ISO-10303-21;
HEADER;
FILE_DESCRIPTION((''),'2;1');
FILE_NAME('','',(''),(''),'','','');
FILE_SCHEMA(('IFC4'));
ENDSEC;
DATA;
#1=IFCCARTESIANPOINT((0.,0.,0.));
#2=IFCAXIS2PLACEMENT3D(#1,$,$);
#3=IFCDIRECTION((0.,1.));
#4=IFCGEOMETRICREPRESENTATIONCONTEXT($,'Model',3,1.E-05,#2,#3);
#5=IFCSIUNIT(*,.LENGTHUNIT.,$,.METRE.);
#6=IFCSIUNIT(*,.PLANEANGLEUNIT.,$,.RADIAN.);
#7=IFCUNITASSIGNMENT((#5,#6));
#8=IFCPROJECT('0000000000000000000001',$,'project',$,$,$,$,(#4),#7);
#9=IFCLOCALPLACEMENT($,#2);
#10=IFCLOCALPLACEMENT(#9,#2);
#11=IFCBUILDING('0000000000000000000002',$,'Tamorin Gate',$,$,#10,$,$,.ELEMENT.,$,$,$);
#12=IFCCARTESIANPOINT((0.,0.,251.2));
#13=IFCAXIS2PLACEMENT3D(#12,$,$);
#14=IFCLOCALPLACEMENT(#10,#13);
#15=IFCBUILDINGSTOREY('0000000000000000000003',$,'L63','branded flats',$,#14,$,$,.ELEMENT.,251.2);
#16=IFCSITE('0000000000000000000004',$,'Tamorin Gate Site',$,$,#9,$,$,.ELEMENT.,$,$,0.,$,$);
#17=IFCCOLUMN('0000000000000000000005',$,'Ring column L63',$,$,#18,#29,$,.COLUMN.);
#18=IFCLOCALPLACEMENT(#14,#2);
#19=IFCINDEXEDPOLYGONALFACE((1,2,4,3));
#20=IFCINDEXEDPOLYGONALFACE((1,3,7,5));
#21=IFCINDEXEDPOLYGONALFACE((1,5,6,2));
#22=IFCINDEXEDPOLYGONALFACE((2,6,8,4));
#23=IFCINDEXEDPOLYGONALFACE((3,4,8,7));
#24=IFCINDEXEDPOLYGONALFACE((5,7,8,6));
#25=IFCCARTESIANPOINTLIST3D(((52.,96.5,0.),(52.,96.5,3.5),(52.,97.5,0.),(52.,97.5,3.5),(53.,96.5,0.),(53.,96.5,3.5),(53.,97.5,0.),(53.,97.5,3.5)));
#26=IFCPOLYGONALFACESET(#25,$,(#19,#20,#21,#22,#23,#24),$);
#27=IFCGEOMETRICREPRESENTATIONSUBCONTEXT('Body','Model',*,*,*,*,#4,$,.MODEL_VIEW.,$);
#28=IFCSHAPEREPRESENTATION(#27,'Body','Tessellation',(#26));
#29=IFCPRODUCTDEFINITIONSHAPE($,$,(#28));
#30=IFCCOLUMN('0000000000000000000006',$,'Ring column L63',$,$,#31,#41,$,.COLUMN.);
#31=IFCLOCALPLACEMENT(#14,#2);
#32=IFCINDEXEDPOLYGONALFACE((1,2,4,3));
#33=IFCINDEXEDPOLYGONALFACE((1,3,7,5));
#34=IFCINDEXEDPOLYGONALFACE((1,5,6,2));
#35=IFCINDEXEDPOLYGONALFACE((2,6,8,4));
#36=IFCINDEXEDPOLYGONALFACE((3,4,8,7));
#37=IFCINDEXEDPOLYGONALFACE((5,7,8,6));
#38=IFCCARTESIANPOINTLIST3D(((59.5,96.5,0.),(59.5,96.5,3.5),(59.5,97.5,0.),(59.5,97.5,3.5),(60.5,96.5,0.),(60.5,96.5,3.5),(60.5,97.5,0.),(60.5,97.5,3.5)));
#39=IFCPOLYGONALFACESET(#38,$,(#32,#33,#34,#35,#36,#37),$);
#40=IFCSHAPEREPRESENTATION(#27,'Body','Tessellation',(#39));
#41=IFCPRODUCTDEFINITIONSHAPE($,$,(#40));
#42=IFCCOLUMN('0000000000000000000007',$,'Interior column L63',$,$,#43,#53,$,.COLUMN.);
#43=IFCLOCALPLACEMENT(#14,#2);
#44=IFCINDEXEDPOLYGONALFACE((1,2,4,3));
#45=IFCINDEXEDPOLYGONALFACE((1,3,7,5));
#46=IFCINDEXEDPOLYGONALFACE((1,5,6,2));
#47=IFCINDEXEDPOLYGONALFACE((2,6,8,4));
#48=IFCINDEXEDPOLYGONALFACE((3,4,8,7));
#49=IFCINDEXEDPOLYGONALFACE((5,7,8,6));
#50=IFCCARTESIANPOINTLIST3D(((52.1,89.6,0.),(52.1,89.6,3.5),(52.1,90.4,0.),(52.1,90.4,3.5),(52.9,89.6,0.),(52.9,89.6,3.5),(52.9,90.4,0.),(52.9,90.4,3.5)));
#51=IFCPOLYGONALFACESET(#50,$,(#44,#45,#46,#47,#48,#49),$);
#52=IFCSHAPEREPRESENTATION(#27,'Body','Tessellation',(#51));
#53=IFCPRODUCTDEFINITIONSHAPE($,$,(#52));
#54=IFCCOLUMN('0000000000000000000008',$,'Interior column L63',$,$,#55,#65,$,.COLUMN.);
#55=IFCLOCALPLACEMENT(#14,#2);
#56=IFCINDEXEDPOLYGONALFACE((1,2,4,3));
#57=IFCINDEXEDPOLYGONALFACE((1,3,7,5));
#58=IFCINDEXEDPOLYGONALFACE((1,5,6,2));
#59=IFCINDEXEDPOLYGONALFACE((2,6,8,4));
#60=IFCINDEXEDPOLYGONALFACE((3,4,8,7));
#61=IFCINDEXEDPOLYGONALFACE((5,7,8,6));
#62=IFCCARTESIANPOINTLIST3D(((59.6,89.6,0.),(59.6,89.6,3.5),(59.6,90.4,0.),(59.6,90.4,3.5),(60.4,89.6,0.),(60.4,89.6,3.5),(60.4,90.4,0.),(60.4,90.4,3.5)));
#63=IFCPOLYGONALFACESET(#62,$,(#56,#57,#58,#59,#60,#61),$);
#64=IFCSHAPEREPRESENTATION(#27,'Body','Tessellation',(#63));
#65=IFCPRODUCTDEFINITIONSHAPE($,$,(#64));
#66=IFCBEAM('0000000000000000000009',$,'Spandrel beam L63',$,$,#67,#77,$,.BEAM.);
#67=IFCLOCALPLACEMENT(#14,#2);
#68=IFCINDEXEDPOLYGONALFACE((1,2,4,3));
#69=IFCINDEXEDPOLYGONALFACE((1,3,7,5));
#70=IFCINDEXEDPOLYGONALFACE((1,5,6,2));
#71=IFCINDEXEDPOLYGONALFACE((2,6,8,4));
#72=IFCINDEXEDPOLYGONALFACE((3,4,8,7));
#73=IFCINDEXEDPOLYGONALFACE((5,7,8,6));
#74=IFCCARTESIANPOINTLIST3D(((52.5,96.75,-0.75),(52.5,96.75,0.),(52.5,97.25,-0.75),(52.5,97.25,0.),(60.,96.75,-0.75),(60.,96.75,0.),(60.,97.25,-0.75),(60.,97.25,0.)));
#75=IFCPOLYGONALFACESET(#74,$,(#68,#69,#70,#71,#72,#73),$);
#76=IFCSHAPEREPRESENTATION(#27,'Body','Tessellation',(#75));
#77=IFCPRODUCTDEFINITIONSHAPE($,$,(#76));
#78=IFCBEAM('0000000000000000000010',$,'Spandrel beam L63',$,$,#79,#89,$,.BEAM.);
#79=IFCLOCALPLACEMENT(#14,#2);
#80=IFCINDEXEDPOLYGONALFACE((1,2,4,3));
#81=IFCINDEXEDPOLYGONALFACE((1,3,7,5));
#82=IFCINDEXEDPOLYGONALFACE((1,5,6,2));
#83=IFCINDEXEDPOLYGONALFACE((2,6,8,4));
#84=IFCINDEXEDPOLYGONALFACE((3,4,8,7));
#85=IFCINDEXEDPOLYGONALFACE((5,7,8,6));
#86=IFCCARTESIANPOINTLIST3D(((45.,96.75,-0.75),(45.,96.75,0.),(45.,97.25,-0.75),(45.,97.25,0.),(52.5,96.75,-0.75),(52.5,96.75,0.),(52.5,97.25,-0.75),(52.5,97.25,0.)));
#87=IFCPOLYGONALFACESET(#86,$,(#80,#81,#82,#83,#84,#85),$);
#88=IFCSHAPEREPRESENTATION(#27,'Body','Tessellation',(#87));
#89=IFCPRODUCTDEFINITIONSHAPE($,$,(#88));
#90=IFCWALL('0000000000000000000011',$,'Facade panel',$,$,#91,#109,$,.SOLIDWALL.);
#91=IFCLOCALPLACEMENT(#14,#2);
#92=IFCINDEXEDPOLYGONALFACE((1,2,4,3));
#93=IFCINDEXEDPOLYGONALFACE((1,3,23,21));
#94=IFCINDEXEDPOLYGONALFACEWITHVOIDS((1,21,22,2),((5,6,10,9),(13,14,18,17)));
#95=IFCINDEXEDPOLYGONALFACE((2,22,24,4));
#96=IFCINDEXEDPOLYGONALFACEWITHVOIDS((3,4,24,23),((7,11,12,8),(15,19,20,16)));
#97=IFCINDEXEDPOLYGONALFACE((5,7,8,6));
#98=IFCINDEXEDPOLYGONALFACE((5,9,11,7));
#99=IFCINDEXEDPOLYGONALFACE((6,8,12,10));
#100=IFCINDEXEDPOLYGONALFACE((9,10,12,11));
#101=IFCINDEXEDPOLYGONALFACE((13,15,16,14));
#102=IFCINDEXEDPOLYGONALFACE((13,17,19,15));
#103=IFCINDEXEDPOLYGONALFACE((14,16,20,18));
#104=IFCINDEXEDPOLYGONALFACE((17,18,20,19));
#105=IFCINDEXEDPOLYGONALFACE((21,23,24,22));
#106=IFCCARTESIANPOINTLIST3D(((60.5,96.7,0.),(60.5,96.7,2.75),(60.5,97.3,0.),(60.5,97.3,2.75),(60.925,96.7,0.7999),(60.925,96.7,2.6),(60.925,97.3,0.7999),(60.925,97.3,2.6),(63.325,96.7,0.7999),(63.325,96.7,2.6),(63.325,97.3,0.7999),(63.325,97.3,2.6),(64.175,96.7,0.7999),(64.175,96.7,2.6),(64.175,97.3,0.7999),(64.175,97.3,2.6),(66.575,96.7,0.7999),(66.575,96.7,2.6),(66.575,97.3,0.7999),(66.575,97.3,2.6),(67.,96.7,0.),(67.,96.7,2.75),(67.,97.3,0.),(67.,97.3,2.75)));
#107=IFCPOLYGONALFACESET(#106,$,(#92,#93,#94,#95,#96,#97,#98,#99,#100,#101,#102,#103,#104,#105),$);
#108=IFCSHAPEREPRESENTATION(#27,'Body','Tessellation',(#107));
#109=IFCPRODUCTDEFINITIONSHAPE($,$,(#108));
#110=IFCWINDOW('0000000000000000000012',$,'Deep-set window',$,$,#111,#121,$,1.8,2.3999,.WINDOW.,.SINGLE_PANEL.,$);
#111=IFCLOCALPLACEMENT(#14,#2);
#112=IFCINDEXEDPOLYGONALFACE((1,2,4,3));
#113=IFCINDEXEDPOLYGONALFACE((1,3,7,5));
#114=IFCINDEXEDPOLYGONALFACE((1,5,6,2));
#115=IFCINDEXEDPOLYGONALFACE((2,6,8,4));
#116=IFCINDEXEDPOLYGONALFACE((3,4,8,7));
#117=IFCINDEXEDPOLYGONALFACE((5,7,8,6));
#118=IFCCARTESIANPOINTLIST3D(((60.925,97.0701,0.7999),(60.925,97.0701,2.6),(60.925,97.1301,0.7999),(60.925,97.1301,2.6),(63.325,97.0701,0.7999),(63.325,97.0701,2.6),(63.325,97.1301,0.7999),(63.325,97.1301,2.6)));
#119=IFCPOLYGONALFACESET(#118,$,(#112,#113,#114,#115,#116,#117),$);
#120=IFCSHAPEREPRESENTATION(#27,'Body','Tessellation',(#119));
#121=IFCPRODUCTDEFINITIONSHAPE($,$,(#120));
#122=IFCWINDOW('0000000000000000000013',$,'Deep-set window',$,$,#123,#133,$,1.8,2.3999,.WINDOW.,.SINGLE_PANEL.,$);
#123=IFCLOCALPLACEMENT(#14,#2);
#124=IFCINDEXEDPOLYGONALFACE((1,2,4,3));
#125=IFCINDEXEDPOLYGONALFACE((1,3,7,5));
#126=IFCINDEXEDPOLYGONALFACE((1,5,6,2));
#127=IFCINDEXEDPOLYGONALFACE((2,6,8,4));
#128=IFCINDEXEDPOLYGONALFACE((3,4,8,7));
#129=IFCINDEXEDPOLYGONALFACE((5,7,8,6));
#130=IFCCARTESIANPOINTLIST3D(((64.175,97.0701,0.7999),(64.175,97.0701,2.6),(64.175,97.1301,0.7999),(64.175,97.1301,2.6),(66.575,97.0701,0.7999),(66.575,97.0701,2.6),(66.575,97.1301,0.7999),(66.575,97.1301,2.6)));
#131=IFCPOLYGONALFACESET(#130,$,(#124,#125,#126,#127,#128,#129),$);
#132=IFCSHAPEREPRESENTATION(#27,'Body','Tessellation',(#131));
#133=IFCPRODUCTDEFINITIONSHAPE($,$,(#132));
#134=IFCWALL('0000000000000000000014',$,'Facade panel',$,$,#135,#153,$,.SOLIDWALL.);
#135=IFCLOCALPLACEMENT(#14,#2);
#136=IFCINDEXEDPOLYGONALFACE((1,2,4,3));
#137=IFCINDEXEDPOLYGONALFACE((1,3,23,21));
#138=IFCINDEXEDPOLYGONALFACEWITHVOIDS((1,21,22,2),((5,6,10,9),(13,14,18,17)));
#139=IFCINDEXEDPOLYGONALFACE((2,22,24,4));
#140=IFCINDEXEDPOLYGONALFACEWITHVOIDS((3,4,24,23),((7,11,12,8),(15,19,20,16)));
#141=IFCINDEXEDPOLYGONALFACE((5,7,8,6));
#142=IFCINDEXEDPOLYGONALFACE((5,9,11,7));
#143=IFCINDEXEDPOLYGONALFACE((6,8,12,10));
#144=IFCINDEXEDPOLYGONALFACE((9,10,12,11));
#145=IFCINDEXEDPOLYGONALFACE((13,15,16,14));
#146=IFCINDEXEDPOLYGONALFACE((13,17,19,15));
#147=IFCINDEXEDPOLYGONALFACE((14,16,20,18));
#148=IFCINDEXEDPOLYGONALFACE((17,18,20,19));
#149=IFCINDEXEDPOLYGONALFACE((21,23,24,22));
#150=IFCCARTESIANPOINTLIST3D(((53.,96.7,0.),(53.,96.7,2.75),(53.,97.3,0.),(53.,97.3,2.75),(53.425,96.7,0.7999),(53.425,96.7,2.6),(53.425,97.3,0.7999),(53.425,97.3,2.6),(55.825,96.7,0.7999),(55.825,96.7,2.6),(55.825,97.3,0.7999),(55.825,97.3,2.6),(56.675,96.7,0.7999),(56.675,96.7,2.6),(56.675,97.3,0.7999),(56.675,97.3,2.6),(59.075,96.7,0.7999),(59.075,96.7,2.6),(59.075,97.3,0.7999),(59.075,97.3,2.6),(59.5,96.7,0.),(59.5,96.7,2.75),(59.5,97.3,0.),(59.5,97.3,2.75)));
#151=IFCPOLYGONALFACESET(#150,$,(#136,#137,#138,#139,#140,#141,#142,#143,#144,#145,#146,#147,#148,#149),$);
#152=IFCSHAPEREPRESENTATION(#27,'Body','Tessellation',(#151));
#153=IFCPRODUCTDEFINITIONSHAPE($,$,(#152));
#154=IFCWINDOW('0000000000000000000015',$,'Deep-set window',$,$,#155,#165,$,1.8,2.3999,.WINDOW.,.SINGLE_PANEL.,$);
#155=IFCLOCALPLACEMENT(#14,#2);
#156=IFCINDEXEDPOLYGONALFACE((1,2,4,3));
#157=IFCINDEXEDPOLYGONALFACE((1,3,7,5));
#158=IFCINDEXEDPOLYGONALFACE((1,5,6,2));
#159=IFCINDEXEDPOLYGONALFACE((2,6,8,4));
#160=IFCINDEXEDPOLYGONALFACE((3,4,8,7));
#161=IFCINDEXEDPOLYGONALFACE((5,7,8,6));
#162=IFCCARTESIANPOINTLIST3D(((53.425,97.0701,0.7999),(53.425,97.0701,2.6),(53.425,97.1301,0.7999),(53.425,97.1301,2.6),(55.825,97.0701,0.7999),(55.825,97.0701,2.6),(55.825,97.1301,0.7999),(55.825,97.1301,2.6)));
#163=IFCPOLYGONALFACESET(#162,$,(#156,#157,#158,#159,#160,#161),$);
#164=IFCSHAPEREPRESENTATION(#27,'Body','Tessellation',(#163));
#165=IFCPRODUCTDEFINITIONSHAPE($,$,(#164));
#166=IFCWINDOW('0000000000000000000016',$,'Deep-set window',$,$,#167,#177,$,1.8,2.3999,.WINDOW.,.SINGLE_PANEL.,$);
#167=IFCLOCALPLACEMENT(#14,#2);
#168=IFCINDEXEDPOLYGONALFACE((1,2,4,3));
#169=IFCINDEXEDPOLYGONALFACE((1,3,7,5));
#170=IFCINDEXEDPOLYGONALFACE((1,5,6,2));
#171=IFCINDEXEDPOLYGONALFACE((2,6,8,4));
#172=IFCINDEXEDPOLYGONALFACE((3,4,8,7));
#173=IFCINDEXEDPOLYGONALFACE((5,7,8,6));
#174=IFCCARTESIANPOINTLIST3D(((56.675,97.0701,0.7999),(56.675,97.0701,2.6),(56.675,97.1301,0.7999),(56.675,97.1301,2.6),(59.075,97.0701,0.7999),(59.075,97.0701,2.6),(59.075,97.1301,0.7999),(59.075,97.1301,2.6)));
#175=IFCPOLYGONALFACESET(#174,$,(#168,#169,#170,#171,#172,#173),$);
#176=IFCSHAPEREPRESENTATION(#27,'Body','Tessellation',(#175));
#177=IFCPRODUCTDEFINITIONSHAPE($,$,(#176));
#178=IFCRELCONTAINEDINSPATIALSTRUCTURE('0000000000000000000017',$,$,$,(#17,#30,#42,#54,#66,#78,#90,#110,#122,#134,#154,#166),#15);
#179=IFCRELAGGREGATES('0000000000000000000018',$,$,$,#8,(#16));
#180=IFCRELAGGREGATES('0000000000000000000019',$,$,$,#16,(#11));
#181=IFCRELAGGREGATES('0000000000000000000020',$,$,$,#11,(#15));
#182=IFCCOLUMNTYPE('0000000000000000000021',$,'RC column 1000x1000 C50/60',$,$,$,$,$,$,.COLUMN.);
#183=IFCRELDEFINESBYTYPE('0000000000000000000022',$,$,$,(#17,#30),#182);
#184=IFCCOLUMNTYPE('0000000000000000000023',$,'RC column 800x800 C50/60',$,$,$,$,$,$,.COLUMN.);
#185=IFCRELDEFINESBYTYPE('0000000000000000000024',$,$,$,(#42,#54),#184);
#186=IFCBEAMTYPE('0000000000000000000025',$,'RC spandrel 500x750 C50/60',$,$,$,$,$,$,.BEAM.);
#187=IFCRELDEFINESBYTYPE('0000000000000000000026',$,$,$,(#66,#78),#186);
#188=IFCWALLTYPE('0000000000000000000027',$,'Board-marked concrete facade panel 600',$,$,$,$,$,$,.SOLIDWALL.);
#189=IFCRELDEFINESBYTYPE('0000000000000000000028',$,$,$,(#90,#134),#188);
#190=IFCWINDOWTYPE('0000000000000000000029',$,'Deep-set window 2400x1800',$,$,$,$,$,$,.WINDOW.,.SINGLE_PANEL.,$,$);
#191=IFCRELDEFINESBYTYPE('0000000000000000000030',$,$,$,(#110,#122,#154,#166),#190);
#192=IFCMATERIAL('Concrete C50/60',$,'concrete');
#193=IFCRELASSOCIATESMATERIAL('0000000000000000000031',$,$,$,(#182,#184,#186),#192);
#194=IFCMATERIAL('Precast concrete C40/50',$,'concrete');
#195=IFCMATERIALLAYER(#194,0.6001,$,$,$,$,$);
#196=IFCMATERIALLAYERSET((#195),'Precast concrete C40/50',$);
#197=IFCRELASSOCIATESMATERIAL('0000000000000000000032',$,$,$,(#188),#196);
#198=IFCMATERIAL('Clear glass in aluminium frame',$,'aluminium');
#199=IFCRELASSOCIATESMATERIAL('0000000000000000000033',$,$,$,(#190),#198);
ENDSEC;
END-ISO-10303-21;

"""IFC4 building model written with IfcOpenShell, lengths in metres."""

from ifc_helpers import new_model, si_unit, direction, frame, frame_2d, origin, origin_2d, place, context, subcontext, project, spatial, rectangle, extrude, material, layer, layer_set, material_profile, profile_set, type_object, element, fill, save


model = new_model("IFC4")

# Units and contexts
model_context = context("Model", 3, precision=1e-05, world=origin(), true_north=direction((0.0, 1.0)))
body_context = subcontext(model_context, "Body", "Model", "MODEL_VIEW")
ifc_project = project(units=[si_unit("LENGTHUNIT", "METRE"), si_unit("PLANEANGLEUNIT", "RADIAN")], contexts=[model_context])

# Site, building, storey
site_placement = place(None, origin())
site = spatial("IfcSite", under=ifc_project, at=site_placement, Name="Tamorin Gate Site", CompositionType="ELEMENT", RefElevation=0.0)
building_placement = place(site_placement, origin())
building = spatial("IfcBuilding", under=site, at=building_placement, Name="Tamorin Gate", CompositionType="ELEMENT")
storey_placement = place(building_placement, frame((0.0, 0.0, 251.2)))
storey = spatial("IfcBuildingStorey", under=building, at=storey_placement, Name="L63", Description="branded flats", CompositionType="ELEMENT", Elevation=251.2)

# Columns
ifc_material_1 = material(Name="Concrete C50/60", Category="concrete")
ifc_material_profile_1 = material_profile(ifc_material_1, rectangle(XDim=1.0, YDim=1.0, at=origin_2d()), Name="RC 1000x1000")
ifc_profile_set_1 = profile_set([ifc_material_profile_1], Name="Concrete C50/60")
column_type_1 = type_object("IfcColumnType", Name="RC column 1000x1000 C50/60", PredefinedType="COLUMN", material=ifc_profile_set_1)
for number, where, z_axis, x_axis, name in (
    (1, (52.5, 97.0, 0.0), (0.0, 0.0, 1.0), (1.0, 0.0, 0.0), "Ring column L63"),
    (2, (60.0, 97.0, 0.0), (0.0, 0.0, 1.0), (1.0, 0.0, 0.0), "Ring column L63"),
):
    element("IfcColumn", number, at=place(storey_placement, frame(where, z_axis=z_axis, x_axis=x_axis)), inside=storey, type_object=column_type_1, Name=name, PredefinedType="COLUMN", context=body_context, shape_type="SweptSolid", body=[
        extrude(rectangle(XDim=1.0, YDim=1.0, at=origin_2d()), origin(), (0.0, 0.0, 1.0), 3.5),
    ])
ifc_material_profile_2 = material_profile(ifc_material_1, rectangle(XDim=0.8, YDim=0.8, at=origin_2d()), Name="RC 800x800")
ifc_profile_set_2 = profile_set([ifc_material_profile_2], Name="Concrete C50/60")
column_type_2 = type_object("IfcColumnType", Name="RC column 800x800 C50/60", PredefinedType="COLUMN", material=ifc_profile_set_2)
for number, where, z_axis, x_axis, name in (
    (3, (52.5, 90.0, 0.0), (0.0, 0.0, 1.0), (1.0, 0.0, 0.0), "Interior column L63"),
    (4, (60.0, 90.0, 0.0), (0.0, 0.0, 1.0), (1.0, 0.0, 0.0), "Interior column L63"),
):
    element("IfcColumn", number, at=place(storey_placement, frame(where, z_axis=z_axis, x_axis=x_axis)), inside=storey, type_object=column_type_2, Name=name, PredefinedType="COLUMN", context=body_context, shape_type="SweptSolid", body=[
        extrude(rectangle(XDim=0.8, YDim=0.8, at=origin_2d()), origin(), (0.0, 0.0, 1.0), 3.5),
    ])

# Beams
ifc_material_profile_3 = material_profile(ifc_material_1, rectangle(XDim=0.5, YDim=0.75, at=origin_2d()), Name="RC 500x750")
ifc_profile_set_3 = profile_set([ifc_material_profile_3], Name="Concrete C50/60")
beam_type = type_object("IfcBeamType", Name="RC spandrel 500x750 C50/60", PredefinedType="BEAM", material=ifc_profile_set_3)
for number, where, z_axis, x_axis, name in (
    (5, (60.0, 97.0, -0.375), (-1.0, 0.0, 0.0), (0.0, -1.0, 0.0), "Spandrel beam L63"),
    (6, (52.5, 97.0, -0.375), (-1.0, 0.0, 0.0), (0.0, -1.0, 0.0), "Spandrel beam L63"),
):
    element("IfcBeam", number, at=place(storey_placement, frame(where, z_axis=z_axis, x_axis=x_axis)), inside=storey, type_object=beam_type, Name=name, PredefinedType="BEAM", context=body_context, shape_type="SweptSolid", body=[
        extrude(rectangle(XDim=0.5, YDim=0.75, at=origin_2d()), origin(), (0.0, 0.0, 1.0), 7.5),
    ])

# Walls, openings, windows
ifc_material_2 = material(Name="Precast concrete C40/50", Category="concrete")
ifc_layer_1 = layer(ifc_material_2, 0.6001)
ifc_layer_set_1 = layer_set([ifc_layer_1], Name="Precast concrete C40/50")
wall_type_1 = type_object("IfcWallType", Name="Board-marked concrete facade panel 600", PredefinedType="SOLIDWALL", material=ifc_layer_set_1)
wall_1_placement = place(storey_placement, frame((67.0, 97.0, 0.0), z_axis=(0.0, 0.0, 1.0), x_axis=(-1.0, 0.0, 0.0)))
wall_1 = element("IfcWall", 7, at=wall_1_placement, inside=storey, type_object=wall_type_1, Name="Facade panel", PredefinedType="SOLIDWALL", context=body_context, shape_type="SweptSolid", body=[
    extrude(rectangle(XDim=6.5, YDim=0.6001, at=frame_2d((3.25, 0.0))), origin(), (0.0, 0.0, 1.0), 2.75),
])
opening_1_placement = place(wall_1_placement, frame((3.675, 0.0, 0.8)))
opening_1 = element("IfcOpeningElement", 8, at=opening_1_placement, cuts=wall_1, PredefinedType="OPENING", context=body_context, shape_type="SweptSolid", body=[
    extrude(rectangle(XDim=2.3999, YDim=1.8, at=frame_2d((1.2, 0.8999))), frame((0.0, 0.3101, 0.0), z_axis=(0.0, -1.0, 0.0), x_axis=(1.0, 0.0, 0.0)), (0.0, 0.0, 1.0), 0.6201),
])
opening_2_placement = place(wall_1_placement, frame((0.425, 0.0, 0.8)))
opening_2 = element("IfcOpeningElement", 9, at=opening_2_placement, cuts=wall_1, PredefinedType="OPENING", context=body_context, shape_type="SweptSolid", body=[
    extrude(rectangle(XDim=2.3999, YDim=1.8, at=frame_2d((1.2, 0.8999))), frame((0.0, 0.3101, 0.0), z_axis=(0.0, -1.0, 0.0), x_axis=(1.0, 0.0, 0.0)), (0.0, 0.0, 1.0), 0.6201),
])
ifc_material_3 = material(Name="Clear glass in aluminium frame", Category="aluminium")
window_type = type_object("IfcWindowType", Name="Deep-set window 2400x1800", PartitioningType="SINGLE_PANEL", PredefinedType="WINDOW", material=ifc_material_3)
window_1_placement = place(opening_1_placement, origin())
window_1 = element("IfcWindow", 10, at=window_1_placement, inside=storey, type_object=window_type, Name="Deep-set window", OverallHeight=1.8, OverallWidth=2.3999, PartitioningType="SINGLE_PANEL", PredefinedType="WINDOW", context=body_context, shape_type="SweptSolid", body=[
    extrude(rectangle(XDim=2.3999, YDim=1.8, at=frame_2d((1.2, 0.8999))), frame((0.0, -0.0701, 0.0), z_axis=(0.0, -1.0, 0.0), x_axis=(1.0, 0.0, 0.0)), (0.0, 0.0, 1.0), 0.0601),
])
fill(opening_1, window_1)
window_2_placement = place(opening_2_placement, origin())
window_2 = element("IfcWindow", 11, at=window_2_placement, inside=storey, type_object=window_type, Name="Deep-set window", OverallHeight=1.8, OverallWidth=2.3999, PartitioningType="SINGLE_PANEL", PredefinedType="WINDOW", context=body_context, shape_type="SweptSolid", body=[
    extrude(rectangle(XDim=2.3999, YDim=1.8, at=frame_2d((1.2, 0.8999))), frame((0.0, -0.0701, 0.0), z_axis=(0.0, -1.0, 0.0), x_axis=(1.0, 0.0, 0.0)), (0.0, 0.0, 1.0), 0.0601),
])
fill(opening_2, window_2)
wall_2_placement = place(storey_placement, frame((59.5, 97.0, 0.0), z_axis=(0.0, 0.0, 1.0), x_axis=(-1.0, 0.0, 0.0)))
wall_2 = element("IfcWall", 12, at=wall_2_placement, inside=storey, type_object=wall_type_1, Name="Facade panel", PredefinedType="SOLIDWALL", context=body_context, shape_type="SweptSolid", body=[
    extrude(rectangle(XDim=6.5, YDim=0.6001, at=frame_2d((3.25, 0.0))), origin(), (0.0, 0.0, 1.0), 2.75),
])
opening_3_placement = place(wall_2_placement, frame((3.675, 0.0, 0.8)))
opening_3 = element("IfcOpeningElement", 13, at=opening_3_placement, cuts=wall_2, PredefinedType="OPENING", context=body_context, shape_type="SweptSolid", body=[
    extrude(rectangle(XDim=2.3999, YDim=1.8, at=frame_2d((1.2, 0.8999))), frame((0.0, 0.3101, 0.0), z_axis=(0.0, -1.0, 0.0), x_axis=(1.0, 0.0, 0.0)), (0.0, 0.0, 1.0), 0.6201),
])
opening_4_placement = place(wall_2_placement, frame((0.425, 0.0, 0.8)))
opening_4 = element("IfcOpeningElement", 14, at=opening_4_placement, cuts=wall_2, PredefinedType="OPENING", context=body_context, shape_type="SweptSolid", body=[
    extrude(rectangle(XDim=2.3999, YDim=1.8, at=frame_2d((1.2, 0.8999))), frame((0.0, 0.3101, 0.0), z_axis=(0.0, -1.0, 0.0), x_axis=(1.0, 0.0, 0.0)), (0.0, 0.0, 1.0), 0.6201),
])
window_3_placement = place(opening_3_placement, origin())
window_3 = element("IfcWindow", 15, at=window_3_placement, inside=storey, type_object=window_type, Name="Deep-set window", OverallHeight=1.8, OverallWidth=2.3999, PartitioningType="SINGLE_PANEL", PredefinedType="WINDOW", context=body_context, shape_type="SweptSolid", body=[
    extrude(rectangle(XDim=2.3999, YDim=1.8, at=frame_2d((1.2, 0.8999))), frame((0.0, -0.0701, 0.0), z_axis=(0.0, -1.0, 0.0), x_axis=(1.0, 0.0, 0.0)), (0.0, 0.0, 1.0), 0.0601),
])
fill(opening_3, window_3)
window_4_placement = place(opening_4_placement, origin())
window_4 = element("IfcWindow", 16, at=window_4_placement, inside=storey, type_object=window_type, Name="Deep-set window", OverallHeight=1.8, OverallWidth=2.3999, PartitioningType="SINGLE_PANEL", PredefinedType="WINDOW", context=body_context, shape_type="SweptSolid", body=[
    extrude(rectangle(XDim=2.3999, YDim=1.8, at=frame_2d((1.2, 0.8999))), frame((0.0, -0.0701, 0.0), z_axis=(0.0, -1.0, 0.0), x_axis=(1.0, 0.0, 0.0)), (0.0, 0.0, 1.0), 0.0601),
])
fill(opening_4, window_4)

save(model, "model.ifc")
